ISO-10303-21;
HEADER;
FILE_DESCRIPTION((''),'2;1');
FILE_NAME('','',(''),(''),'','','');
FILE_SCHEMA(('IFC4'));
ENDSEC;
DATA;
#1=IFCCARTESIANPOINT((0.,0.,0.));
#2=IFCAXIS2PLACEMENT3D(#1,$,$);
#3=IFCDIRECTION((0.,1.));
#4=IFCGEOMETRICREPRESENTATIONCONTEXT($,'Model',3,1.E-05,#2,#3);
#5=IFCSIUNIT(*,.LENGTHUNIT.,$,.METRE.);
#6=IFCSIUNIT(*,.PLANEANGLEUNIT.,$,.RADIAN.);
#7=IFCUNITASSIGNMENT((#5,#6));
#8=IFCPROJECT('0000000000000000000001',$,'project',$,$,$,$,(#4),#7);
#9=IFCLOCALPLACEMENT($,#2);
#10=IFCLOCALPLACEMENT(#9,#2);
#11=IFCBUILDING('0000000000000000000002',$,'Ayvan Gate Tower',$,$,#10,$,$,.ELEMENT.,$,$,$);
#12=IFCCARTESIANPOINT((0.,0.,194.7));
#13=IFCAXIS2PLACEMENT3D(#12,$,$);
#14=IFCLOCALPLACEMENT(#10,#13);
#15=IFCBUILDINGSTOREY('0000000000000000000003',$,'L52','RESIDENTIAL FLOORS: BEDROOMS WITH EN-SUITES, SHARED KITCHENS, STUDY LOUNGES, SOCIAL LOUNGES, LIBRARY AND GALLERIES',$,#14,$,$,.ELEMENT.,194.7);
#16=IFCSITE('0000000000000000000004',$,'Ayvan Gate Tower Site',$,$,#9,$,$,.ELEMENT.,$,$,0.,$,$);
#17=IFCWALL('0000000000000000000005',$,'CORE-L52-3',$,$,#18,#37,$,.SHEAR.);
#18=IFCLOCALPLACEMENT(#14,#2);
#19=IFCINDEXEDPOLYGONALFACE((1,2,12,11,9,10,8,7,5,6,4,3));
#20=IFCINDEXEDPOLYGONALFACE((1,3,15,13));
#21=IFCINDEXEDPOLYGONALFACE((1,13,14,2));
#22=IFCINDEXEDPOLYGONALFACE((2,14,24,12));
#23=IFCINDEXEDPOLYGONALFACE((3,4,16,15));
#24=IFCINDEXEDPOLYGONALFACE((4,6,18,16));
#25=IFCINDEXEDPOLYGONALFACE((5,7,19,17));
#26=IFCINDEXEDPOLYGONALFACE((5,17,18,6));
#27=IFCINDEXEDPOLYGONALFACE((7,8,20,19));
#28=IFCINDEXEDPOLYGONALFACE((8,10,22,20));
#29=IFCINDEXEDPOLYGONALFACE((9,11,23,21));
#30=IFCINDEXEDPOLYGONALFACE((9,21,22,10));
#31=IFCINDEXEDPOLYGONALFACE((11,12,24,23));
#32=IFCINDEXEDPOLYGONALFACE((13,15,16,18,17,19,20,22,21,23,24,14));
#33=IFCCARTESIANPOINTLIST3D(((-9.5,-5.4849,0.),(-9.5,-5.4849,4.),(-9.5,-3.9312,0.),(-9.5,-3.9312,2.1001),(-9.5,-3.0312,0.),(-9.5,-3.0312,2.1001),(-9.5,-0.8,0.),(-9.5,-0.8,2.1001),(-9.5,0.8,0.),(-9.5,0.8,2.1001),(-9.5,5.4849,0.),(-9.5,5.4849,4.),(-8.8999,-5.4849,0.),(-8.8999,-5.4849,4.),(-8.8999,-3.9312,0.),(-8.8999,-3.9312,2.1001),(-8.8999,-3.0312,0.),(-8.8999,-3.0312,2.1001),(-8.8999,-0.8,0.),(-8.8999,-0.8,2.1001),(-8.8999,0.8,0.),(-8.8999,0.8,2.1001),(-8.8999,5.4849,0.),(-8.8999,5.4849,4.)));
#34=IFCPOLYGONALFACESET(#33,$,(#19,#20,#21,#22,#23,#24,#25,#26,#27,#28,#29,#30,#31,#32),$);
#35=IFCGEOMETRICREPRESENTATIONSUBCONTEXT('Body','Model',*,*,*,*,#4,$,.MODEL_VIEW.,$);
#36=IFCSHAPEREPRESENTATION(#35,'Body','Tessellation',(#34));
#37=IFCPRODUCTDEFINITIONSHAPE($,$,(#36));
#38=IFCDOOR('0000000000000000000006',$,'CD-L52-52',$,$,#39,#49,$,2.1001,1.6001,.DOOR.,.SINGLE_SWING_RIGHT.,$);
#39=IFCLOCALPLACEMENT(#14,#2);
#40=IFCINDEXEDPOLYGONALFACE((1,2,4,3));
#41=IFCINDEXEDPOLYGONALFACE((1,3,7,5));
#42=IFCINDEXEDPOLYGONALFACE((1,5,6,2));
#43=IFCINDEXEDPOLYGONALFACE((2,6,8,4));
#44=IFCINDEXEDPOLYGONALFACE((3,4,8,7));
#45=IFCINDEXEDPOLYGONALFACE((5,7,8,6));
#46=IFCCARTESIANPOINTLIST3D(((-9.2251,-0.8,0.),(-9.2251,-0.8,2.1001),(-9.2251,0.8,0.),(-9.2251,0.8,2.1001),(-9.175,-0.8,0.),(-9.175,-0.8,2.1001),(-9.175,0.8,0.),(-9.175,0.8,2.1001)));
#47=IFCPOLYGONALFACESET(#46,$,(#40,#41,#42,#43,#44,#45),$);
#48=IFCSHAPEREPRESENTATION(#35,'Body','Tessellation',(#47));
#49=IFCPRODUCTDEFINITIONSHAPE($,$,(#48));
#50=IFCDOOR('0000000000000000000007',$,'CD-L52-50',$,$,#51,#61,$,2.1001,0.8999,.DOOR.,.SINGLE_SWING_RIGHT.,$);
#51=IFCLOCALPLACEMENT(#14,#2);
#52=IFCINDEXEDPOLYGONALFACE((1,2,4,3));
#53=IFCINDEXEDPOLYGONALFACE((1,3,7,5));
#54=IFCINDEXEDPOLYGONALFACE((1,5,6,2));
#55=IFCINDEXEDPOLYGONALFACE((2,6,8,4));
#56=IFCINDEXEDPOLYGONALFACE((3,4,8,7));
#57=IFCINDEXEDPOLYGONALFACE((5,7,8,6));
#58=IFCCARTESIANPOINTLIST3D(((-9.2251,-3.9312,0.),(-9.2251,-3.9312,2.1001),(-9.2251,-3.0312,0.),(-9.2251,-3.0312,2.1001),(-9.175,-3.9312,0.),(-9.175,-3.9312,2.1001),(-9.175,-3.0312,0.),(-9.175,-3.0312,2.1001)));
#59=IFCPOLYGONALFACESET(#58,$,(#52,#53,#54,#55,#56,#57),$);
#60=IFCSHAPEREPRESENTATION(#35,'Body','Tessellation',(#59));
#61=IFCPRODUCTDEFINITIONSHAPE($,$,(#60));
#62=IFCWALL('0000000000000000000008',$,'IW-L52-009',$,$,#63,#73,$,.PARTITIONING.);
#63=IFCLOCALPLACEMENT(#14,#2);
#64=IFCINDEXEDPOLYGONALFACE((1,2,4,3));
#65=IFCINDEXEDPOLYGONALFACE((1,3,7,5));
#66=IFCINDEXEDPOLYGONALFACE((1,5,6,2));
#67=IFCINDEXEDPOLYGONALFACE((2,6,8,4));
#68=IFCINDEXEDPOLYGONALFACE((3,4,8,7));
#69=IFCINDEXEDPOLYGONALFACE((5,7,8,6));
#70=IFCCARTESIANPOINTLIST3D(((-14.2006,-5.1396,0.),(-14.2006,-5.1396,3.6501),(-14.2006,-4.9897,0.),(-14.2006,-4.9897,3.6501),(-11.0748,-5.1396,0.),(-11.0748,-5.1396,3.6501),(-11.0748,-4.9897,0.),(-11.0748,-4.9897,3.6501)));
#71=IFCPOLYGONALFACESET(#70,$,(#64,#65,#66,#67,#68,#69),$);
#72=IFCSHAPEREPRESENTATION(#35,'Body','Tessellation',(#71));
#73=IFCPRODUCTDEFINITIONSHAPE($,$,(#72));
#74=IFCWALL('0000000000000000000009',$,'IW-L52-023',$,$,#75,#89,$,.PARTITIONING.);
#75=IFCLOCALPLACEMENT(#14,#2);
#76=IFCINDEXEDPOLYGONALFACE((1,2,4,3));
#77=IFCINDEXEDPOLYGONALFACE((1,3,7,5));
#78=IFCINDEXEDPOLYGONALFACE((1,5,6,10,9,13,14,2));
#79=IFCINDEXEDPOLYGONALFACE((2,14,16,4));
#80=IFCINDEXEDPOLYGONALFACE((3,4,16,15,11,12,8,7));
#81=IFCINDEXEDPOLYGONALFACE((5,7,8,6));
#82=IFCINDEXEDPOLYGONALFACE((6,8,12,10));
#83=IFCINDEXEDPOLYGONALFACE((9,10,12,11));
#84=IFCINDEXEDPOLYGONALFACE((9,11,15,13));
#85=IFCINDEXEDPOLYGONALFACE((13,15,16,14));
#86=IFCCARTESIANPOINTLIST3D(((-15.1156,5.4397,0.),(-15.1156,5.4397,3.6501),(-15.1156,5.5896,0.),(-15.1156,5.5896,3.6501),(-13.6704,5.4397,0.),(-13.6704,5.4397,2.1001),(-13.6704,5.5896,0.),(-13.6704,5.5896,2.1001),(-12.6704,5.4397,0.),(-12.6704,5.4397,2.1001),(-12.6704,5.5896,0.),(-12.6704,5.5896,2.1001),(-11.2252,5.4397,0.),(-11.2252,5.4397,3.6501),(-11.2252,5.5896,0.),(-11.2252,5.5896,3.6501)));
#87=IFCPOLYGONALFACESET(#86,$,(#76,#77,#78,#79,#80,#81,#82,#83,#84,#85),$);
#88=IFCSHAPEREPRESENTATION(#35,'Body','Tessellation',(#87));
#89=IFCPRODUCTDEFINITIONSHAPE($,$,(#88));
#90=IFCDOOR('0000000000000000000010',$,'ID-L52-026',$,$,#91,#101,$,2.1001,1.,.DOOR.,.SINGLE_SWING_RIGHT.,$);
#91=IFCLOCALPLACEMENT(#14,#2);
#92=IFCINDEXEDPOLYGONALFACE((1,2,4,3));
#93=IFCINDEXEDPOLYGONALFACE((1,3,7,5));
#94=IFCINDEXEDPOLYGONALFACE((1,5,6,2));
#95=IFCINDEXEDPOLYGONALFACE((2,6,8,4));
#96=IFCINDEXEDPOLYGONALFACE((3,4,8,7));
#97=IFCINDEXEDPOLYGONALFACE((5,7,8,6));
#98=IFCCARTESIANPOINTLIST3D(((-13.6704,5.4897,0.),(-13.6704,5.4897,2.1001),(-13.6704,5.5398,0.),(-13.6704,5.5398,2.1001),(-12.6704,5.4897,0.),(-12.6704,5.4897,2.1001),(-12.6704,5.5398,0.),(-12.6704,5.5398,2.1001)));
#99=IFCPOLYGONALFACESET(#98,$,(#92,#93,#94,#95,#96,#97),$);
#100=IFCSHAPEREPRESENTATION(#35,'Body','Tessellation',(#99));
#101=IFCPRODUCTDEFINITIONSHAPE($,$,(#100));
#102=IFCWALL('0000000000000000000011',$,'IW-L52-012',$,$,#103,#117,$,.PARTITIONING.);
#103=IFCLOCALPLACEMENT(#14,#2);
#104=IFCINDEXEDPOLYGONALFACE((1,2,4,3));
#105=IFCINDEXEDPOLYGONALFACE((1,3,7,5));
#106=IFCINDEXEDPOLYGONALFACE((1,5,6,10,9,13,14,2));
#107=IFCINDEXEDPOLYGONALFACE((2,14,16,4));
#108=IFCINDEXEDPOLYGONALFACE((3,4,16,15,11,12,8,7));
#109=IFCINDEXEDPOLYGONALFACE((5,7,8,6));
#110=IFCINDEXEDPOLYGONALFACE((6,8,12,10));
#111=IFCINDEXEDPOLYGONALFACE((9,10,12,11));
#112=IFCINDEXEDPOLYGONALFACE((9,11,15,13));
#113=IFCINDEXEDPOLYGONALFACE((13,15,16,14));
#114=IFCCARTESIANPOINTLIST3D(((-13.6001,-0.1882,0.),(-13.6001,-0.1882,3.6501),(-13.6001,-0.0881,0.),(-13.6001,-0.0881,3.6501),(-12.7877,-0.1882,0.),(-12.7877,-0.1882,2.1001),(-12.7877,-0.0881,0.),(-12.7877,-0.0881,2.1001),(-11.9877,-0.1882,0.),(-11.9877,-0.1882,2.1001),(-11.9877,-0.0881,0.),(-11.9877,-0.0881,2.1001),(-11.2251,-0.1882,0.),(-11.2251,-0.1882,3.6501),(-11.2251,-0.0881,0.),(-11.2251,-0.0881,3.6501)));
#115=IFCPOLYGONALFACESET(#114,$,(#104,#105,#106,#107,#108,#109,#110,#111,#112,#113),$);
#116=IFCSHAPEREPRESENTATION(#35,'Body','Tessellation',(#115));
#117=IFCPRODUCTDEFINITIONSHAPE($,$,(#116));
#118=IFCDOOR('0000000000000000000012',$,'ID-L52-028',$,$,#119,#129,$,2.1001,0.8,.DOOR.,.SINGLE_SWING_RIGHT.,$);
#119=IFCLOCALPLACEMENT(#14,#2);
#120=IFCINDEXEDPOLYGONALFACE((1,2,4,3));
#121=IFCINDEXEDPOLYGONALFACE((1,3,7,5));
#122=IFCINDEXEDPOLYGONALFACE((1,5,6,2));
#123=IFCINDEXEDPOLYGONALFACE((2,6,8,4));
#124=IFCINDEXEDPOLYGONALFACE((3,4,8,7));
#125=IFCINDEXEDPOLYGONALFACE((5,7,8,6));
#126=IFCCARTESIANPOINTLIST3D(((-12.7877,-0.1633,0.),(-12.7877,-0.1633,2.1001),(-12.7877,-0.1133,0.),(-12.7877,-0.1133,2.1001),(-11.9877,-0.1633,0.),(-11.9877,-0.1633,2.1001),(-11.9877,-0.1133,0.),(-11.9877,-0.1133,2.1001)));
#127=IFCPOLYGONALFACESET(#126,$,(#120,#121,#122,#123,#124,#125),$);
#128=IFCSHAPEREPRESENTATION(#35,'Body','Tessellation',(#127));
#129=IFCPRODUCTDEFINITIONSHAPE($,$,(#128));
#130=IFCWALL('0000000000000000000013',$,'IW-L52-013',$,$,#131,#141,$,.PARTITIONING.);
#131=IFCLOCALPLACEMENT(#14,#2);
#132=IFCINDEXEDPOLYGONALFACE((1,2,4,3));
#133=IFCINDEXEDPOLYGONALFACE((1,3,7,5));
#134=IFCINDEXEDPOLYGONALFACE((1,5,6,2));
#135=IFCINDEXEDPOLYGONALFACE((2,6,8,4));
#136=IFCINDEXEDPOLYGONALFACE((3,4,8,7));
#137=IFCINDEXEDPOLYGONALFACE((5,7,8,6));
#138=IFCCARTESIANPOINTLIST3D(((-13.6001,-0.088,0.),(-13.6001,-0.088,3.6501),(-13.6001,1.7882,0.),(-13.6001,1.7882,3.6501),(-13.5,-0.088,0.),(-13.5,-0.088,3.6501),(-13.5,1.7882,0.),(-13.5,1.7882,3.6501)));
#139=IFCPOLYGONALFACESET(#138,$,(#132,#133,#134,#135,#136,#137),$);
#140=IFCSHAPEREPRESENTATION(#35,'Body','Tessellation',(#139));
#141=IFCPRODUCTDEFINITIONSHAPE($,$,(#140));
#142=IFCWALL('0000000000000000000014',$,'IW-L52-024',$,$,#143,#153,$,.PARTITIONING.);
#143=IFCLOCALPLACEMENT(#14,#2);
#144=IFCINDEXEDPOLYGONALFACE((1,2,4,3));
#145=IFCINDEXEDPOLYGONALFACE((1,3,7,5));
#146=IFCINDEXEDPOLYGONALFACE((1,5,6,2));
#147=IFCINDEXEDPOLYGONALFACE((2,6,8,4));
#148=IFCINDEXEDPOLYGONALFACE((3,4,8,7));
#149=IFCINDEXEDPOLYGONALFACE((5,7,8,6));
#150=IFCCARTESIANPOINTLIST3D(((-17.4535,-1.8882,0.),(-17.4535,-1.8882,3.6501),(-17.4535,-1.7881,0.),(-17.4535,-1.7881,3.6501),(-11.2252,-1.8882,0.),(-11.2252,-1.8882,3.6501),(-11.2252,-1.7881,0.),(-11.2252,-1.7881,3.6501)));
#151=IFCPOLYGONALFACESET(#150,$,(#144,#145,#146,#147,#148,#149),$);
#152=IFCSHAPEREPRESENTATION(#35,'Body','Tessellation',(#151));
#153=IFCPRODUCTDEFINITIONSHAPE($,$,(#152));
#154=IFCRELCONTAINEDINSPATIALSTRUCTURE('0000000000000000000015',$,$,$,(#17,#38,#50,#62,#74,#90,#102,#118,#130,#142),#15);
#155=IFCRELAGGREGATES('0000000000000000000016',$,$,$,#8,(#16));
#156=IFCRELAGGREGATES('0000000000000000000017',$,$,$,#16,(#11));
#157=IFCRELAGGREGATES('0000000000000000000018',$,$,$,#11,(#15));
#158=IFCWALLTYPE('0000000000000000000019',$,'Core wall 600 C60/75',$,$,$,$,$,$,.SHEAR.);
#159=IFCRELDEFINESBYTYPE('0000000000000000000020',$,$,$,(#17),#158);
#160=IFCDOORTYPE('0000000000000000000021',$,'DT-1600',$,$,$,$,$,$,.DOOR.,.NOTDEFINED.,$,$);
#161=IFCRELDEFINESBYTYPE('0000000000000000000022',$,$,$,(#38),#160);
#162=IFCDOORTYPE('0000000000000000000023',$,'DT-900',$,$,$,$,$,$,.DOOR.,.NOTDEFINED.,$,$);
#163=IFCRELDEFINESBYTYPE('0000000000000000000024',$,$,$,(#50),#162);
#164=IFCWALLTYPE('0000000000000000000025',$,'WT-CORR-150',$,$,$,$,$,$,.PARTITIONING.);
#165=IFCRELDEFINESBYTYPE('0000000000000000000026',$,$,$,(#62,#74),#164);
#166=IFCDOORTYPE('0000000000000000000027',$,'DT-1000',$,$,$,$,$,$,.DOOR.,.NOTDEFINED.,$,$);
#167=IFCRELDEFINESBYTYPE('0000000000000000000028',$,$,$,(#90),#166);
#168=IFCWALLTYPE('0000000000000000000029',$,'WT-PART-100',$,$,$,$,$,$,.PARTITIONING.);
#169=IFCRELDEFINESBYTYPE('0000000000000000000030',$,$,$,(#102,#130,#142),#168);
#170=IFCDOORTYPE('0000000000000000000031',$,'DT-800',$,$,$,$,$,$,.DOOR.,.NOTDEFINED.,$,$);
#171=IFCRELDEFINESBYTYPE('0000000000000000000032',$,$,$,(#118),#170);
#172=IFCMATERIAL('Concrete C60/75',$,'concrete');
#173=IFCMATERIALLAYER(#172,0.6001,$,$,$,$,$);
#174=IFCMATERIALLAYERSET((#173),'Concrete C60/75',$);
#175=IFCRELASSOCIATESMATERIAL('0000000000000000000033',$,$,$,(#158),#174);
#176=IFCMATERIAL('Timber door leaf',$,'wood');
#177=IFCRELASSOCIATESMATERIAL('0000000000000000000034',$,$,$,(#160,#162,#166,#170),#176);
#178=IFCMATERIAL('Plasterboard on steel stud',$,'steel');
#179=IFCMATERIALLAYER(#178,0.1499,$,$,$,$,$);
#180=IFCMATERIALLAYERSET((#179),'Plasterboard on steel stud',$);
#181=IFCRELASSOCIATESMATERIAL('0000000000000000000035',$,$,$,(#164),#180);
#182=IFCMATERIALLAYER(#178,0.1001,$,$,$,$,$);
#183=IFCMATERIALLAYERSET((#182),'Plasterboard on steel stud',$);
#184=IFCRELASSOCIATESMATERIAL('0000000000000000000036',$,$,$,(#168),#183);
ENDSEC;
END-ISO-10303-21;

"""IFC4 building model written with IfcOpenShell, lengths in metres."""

from ifc_helpers import new_model, si_unit, direction, frame, frame_2d, origin, place, context, subcontext, project, spatial, rectangle, extrude, material, layer, layer_set, type_object, element, fill, save


model = new_model("IFC4")

# Units and contexts
model_context = context("Model", 3, precision=1e-05, world=origin(), true_north=direction((0.0, 1.0)))
body_context = subcontext(model_context, "Body", "Model", "MODEL_VIEW")
ifc_project = project(units=[si_unit("LENGTHUNIT", "METRE"), si_unit("PLANEANGLEUNIT", "RADIAN")], contexts=[model_context])

# Site, building, storey
site_placement = place(None, origin())
site = spatial("IfcSite", under=ifc_project, at=site_placement, Name="Ayvan Gate Tower Site", CompositionType="ELEMENT", RefElevation=0.0)
building_placement = place(site_placement, origin())
building = spatial("IfcBuilding", under=site, at=building_placement, Name="Ayvan Gate Tower", CompositionType="ELEMENT")
storey_placement = place(building_placement, frame((0.0, 0.0, 194.7)))
storey = spatial("IfcBuildingStorey", under=building, at=storey_placement, Name="L52", Description="RESIDENTIAL FLOORS: BEDROOMS WITH EN-SUITES, SHARED KITCHENS, STUDY LOUNGES, SOCIAL LOUNGES, LIBRARY AND GALLERIES", CompositionType="ELEMENT", Elevation=194.7)

# Wall, openings, doors
ifc_material_1 = material(Name="Concrete C60/75", Category="concrete")
ifc_layer_1 = layer(ifc_material_1, 0.6001)
ifc_layer_set_1 = layer_set([ifc_layer_1], Name="Concrete C60/75")
wall_type_1 = type_object("IfcWallType", Name="Core wall 600 C60/75", PredefinedType="SHEAR", material=ifc_layer_set_1)
wall_1_placement = place(storey_placement, frame((-9.2, 5.4849, 0.0), z_axis=(0.0, 0.0, 1.0), x_axis=(0.0, -1.0, 0.0)))
wall_1 = element("IfcWall", 1, at=wall_1_placement, inside=storey, type_object=wall_type_1, Name="CORE-L52-3", PredefinedType="SHEAR", context=body_context, shape_type="SweptSolid", body=[
    extrude(rectangle(XDim=10.9697, YDim=0.6001, at=frame_2d((5.4849, 0.0))), origin(), (0.0, 0.0, 1.0), 4.0),
])
opening_1_placement = place(wall_1_placement, frame((8.5161, 0.0, 0.0)))
opening_1 = element("IfcOpeningElement", 2, at=opening_1_placement, cuts=wall_1, PredefinedType="OPENING", context=body_context, shape_type="SweptSolid", body=[
    extrude(rectangle(XDim=0.8999, YDim=2.1001, at=frame_2d((0.45, 1.05))), frame((0.0, 0.3101, 0.0), z_axis=(0.0, -1.0, 0.0), x_axis=(1.0, 0.0, 0.0)), (0.0, 0.0, 1.0), 0.6201),
])
opening_2_placement = place(wall_1_placement, frame((4.6848, 0.0, 0.0)))
opening_2 = element("IfcOpeningElement", 3, at=opening_2_placement, cuts=wall_1, PredefinedType="OPENING", context=body_context, shape_type="SweptSolid", body=[
    extrude(rectangle(XDim=1.6001, YDim=2.1001, at=frame_2d((0.8, 1.05))), frame((0.0, 0.3101, 0.0), z_axis=(0.0, -1.0, 0.0), x_axis=(1.0, 0.0, 0.0)), (0.0, 0.0, 1.0), 0.6201),
])
ifc_material_2 = material(Name="Timber door leaf", Category="wood")
door_type_1 = type_object("IfcDoorType", Name="DT-1600", OperationType="NOTDEFINED", PredefinedType="DOOR", material=ifc_material_2)
door_1_placement = place(opening_2_placement, origin())
door_1 = element("IfcDoor", 4, at=door_1_placement, inside=storey, type_object=door_type_1, Name="CD-L52-52", OperationType="SINGLE_SWING_RIGHT", OverallHeight=2.1001, OverallWidth=1.6001, PredefinedType="DOOR", context=body_context, shape_type="SweptSolid", body=[
    extrude(rectangle(XDim=1.6001, YDim=2.1001, at=frame_2d((0.8, 1.05))), frame((0.0, 0.0249, 0.0), z_axis=(0.0, -1.0, 0.0), x_axis=(1.0, 0.0, 0.0)), (0.0, 0.0, 1.0), 0.05),
])
fill(opening_2, door_1)
door_type_2 = type_object("IfcDoorType", Name="DT-900", OperationType="NOTDEFINED", PredefinedType="DOOR", material=ifc_material_2)
door_2_placement = place(opening_1_placement, origin())
door_2 = element("IfcDoor", 5, at=door_2_placement, inside=storey, type_object=door_type_2, Name="CD-L52-50", OperationType="SINGLE_SWING_RIGHT", OverallHeight=2.1001, OverallWidth=0.8999, PredefinedType="DOOR", context=body_context, shape_type="SweptSolid", body=[
    extrude(rectangle(XDim=0.8999, YDim=2.1001, at=frame_2d((0.45, 1.05))), frame((0.0, 0.0249, 0.0), z_axis=(0.0, -1.0, 0.0), x_axis=(1.0, 0.0, 0.0)), (0.0, 0.0, 1.0), 0.05),
])
fill(opening_1, door_2)

# Wall
ifc_material_3 = material(Name="Plasterboard on steel stud", Category="steel")
ifc_layer_2 = layer(ifc_material_3, 0.1499)
ifc_layer_set_2 = layer_set([ifc_layer_2], Name="Plasterboard on steel stud")
wall_type_2 = type_object("IfcWallType", Name="WT-CORR-150", PredefinedType="PARTITIONING", material=ifc_layer_set_2)
wall_2_placement = place(storey_placement, frame((-14.2007, -5.0647, 0.0), z_axis=(0.0, 0.0, 1.0), x_axis=(1.0, 0.0, 0.0)))
element("IfcWall", 6, at=wall_2_placement, inside=storey, type_object=wall_type_2, Name="IW-L52-009", PredefinedType="PARTITIONING", context=body_context, shape_type="SweptSolid", body=[
    extrude(rectangle(XDim=3.1257, YDim=0.1499, at=frame_2d((1.563, 0.0))), origin(), (0.0, 0.0, 1.0), 3.6501),
])

# Walls, openings, doors
wall_3_placement = place(storey_placement, frame((-11.2251, 5.5146, 0.0), z_axis=(0.0, 0.0, 1.0), x_axis=(-1.0, 0.0, 0.0)))
wall_3 = element("IfcWall", 7, at=wall_3_placement, inside=storey, type_object=wall_type_2, Name="IW-L52-023", PredefinedType="PARTITIONING", context=body_context, shape_type="SweptSolid", body=[
    extrude(rectangle(XDim=3.8904, YDim=0.1499, at=frame_2d((1.9453, 0.0))), origin(), (0.0, 0.0, 1.0), 3.6501),
])
opening_3_placement = place(wall_3_placement, frame((1.4453, 0.0, 0.0)))
opening_3 = element("IfcOpeningElement", 8, at=opening_3_placement, cuts=wall_3, PredefinedType="OPENING", context=body_context, shape_type="SweptSolid", body=[
    extrude(rectangle(XDim=1.0, YDim=2.1001, at=frame_2d((0.5, 1.05))), frame((0.0, 0.085, 0.0), z_axis=(0.0, -1.0, 0.0), x_axis=(1.0, 0.0, 0.0)), (0.0, 0.0, 1.0), 0.1699),
])
door_type_3 = type_object("IfcDoorType", Name="DT-1000", OperationType="NOTDEFINED", PredefinedType="DOOR", material=ifc_material_2)
door_3_placement = place(opening_3_placement, origin())
door_3 = element("IfcDoor", 9, at=door_3_placement, inside=storey, type_object=door_type_3, Name="ID-L52-026", OperationType="SINGLE_SWING_RIGHT", OverallHeight=2.1001, OverallWidth=1.0, PredefinedType="DOOR", context=body_context, shape_type="SweptSolid", body=[
    extrude(rectangle(XDim=1.0, YDim=2.1001, at=frame_2d((0.5, 1.05))), frame((0.0, 0.0249, 0.0), z_axis=(0.0, -1.0, 0.0), x_axis=(1.0, 0.0, 0.0)), (0.0, 0.0, 1.0), 0.05),
])
fill(opening_3, door_3)
ifc_layer_3 = layer(ifc_material_3, 0.1001)
ifc_layer_set_3 = layer_set([ifc_layer_3], Name="Plasterboard on steel stud")
wall_type_3 = type_object("IfcWallType", Name="WT-PART-100", PredefinedType="PARTITIONING", material=ifc_layer_set_3)
wall_4_placement = place(storey_placement, frame((-13.6001, -0.1382, 0.0), z_axis=(0.0, 0.0, 1.0), x_axis=(1.0, 0.0, 0.0)))
wall_4 = element("IfcWall", 10, at=wall_4_placement, inside=storey, type_object=wall_type_3, Name="IW-L52-012", PredefinedType="PARTITIONING", context=body_context, shape_type="SweptSolid", body=[
    extrude(rectangle(XDim=2.375, YDim=0.1001, at=frame_2d((1.1875, 0.0))), origin(), (0.0, 0.0, 1.0), 3.6501),
])
opening_4_placement = place(wall_4_placement, frame((0.8125, 0.0, 0.0)))
opening_4 = element("IfcOpeningElement", 11, at=opening_4_placement, cuts=wall_4, PredefinedType="OPENING", context=body_context, shape_type="SweptSolid", body=[
    extrude(rectangle(XDim=0.8, YDim=2.1001, at=frame_2d((0.3999, 1.05))), frame((0.0, 0.0601, 0.0), z_axis=(0.0, -1.0, 0.0), x_axis=(1.0, 0.0, 0.0)), (0.0, 0.0, 1.0), 0.1201),
])
door_type_4 = type_object("IfcDoorType", Name="DT-800", OperationType="NOTDEFINED", PredefinedType="DOOR", material=ifc_material_2)
door_4_placement = place(opening_4_placement, origin())
door_4 = element("IfcDoor", 12, at=door_4_placement, inside=storey, type_object=door_type_4, Name="ID-L52-028", OperationType="SINGLE_SWING_RIGHT", OverallHeight=2.1001, OverallWidth=0.8, PredefinedType="DOOR", context=body_context, shape_type="SweptSolid", body=[
    extrude(rectangle(XDim=0.8, YDim=2.1001, at=frame_2d((0.3999, 1.05))), frame((0.0, 0.0249, 0.0), z_axis=(0.0, -1.0, 0.0), x_axis=(1.0, 0.0, 0.0)), (0.0, 0.0, 1.0), 0.05),
])
fill(opening_4, door_4)

# Walls
wall_5_placement = place(storey_placement, frame((-13.55, 1.7881, 0.0), z_axis=(0.0, 0.0, 1.0), x_axis=(0.0, -1.0, 0.0)))
element("IfcWall", 13, at=wall_5_placement, inside=storey, type_object=wall_type_3, Name="IW-L52-013", PredefinedType="PARTITIONING", context=body_context, shape_type="SweptSolid", body=[
    extrude(rectangle(XDim=1.8762, YDim=0.1001, at=frame_2d((0.938, 0.0))), origin(), (0.0, 0.0, 1.0), 3.6501),
])
wall_6_placement = place(storey_placement, frame((-11.2251, -1.8381, 0.0), z_axis=(0.0, 0.0, 1.0), x_axis=(-1.0, 0.0, 0.0)))
element("IfcWall", 14, at=wall_6_placement, inside=storey, type_object=wall_type_3, Name="IW-L52-024", PredefinedType="PARTITIONING", context=body_context, shape_type="SweptSolid", body=[
    extrude(rectangle(XDim=6.2283, YDim=0.1001, at=frame_2d((3.1143, 0.0))), origin(), (0.0, 0.0, 1.0), 3.6501),
])

save(model, "model.ifc")
